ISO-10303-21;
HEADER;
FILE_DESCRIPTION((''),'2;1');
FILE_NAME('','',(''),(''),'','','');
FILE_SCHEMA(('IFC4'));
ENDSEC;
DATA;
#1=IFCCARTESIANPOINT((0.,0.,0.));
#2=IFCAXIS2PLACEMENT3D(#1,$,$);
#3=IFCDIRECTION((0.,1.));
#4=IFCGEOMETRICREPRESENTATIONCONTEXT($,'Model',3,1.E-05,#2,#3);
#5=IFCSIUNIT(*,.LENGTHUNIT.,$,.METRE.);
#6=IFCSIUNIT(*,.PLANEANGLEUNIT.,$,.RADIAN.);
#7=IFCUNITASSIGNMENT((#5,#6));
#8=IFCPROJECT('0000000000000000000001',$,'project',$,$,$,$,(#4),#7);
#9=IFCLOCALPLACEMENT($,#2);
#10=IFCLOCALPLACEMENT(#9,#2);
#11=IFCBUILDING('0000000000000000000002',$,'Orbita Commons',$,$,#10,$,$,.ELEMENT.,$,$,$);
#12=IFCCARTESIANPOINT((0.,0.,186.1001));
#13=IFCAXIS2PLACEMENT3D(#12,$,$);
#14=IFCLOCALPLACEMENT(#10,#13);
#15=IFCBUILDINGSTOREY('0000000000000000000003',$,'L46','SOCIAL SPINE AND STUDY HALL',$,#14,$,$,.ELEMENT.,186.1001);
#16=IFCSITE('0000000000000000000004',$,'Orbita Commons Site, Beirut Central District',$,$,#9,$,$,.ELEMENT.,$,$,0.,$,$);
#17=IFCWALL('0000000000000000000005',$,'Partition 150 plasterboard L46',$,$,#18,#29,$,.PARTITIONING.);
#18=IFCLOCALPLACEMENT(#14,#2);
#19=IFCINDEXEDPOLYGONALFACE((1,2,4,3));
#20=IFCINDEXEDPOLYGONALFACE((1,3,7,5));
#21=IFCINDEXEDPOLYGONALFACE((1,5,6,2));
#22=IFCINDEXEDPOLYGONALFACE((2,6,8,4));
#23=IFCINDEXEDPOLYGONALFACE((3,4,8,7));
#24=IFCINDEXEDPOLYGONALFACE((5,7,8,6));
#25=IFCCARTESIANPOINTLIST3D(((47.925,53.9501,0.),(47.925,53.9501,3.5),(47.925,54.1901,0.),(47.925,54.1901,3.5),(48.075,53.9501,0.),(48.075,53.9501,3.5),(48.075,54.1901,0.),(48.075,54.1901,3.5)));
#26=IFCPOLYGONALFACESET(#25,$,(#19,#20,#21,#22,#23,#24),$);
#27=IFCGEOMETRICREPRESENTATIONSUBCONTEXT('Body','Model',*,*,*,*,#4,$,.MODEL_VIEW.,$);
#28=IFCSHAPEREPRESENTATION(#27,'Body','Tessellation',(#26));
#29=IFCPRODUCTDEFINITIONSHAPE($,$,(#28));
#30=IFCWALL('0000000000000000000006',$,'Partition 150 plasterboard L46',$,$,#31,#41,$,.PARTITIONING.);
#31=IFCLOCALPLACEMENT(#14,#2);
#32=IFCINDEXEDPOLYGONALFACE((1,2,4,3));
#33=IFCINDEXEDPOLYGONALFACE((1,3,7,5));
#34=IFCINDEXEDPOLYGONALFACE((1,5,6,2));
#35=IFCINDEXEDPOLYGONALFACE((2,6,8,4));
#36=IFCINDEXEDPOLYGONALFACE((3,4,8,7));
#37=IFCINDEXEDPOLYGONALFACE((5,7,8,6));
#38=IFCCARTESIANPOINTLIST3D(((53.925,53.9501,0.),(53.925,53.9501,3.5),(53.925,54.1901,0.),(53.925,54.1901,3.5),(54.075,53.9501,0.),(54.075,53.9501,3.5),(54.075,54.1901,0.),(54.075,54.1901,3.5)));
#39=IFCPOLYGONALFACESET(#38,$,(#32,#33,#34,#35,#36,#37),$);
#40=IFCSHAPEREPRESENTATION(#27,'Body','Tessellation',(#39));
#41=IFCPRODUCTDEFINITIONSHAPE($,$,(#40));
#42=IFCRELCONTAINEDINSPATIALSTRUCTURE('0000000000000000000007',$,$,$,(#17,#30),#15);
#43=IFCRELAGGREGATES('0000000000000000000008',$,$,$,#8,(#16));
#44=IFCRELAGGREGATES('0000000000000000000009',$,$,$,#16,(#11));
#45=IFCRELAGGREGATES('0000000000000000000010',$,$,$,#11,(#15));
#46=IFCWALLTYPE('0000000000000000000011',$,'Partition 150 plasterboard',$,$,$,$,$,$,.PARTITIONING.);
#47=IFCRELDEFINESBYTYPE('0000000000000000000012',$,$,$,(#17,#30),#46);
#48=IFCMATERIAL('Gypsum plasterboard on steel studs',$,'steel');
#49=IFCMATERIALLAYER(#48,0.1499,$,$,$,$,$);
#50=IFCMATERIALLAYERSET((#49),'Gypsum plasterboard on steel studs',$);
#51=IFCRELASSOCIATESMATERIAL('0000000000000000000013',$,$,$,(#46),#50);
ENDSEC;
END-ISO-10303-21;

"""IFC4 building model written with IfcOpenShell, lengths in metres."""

from ifc_helpers import new_model, si_unit, direction, frame, frame_2d, origin, place, context, subcontext, project, spatial, rectangle, extrude, material, layer, layer_set, type_object, element, save


model = new_model("IFC4")

# Units and contexts
model_context = context("Model", 3, precision=1e-05, world=origin(), true_north=direction((0.0, 1.0)))
body_context = subcontext(model_context, "Body", "Model", "MODEL_VIEW")
ifc_project = project(units=[si_unit("LENGTHUNIT", "METRE"), si_unit("PLANEANGLEUNIT", "RADIAN")], contexts=[model_context])

# Site, building, storey
site_placement = place(None, origin())
site = spatial("IfcSite", under=ifc_project, at=site_placement, Name="Orbita Commons Site, Beirut Central District", CompositionType="ELEMENT", RefElevation=0.0)
building_placement = place(site_placement, origin())
building = spatial("IfcBuilding", under=site, at=building_placement, Name="Orbita Commons", CompositionType="ELEMENT")
storey_placement = place(building_placement, frame((0.0, 0.0, 186.1001)))
storey = spatial("IfcBuildingStorey", under=building, at=storey_placement, Name="L46", Description="SOCIAL SPINE AND STUDY HALL", CompositionType="ELEMENT", Elevation=186.1001)

# Walls
ifc_material_1 = material(Name="Gypsum plasterboard on steel studs", Category="steel")
ifc_layer_1 = layer(ifc_material_1, 0.1499)
ifc_layer_set_1 = layer_set([ifc_layer_1], Name="Gypsum plasterboard on steel studs")
wall_type_1 = type_object("IfcWallType", Name="Partition 150 plasterboard", PredefinedType="PARTITIONING", material=ifc_layer_set_1)
for number, where, z_axis, x_axis, name in (
    (1, (48.0, 53.95, 0.0), (0.0, 0.0, 1.0), (0.0, 1.0, 0.0), "Partition 150 plasterboard L46"),
    (2, (54.0, 53.95, 0.0), (0.0, 0.0, 1.0), (0.0, 1.0, 0.0), "Partition 150 plasterboard L46"),
):
    element("IfcWall", number, at=place(storey_placement, frame(where, z_axis=z_axis, x_axis=x_axis)), inside=storey, type_object=wall_type_1, Name=name, PredefinedType="PARTITIONING", context=body_context, shape_type="SweptSolid", body=[
        extrude(rectangle(XDim=0.24, YDim=0.1499, at=frame_2d((0.1201, 0.0))), origin(), (0.0, 0.0, 1.0), 3.5),
    ])

save(model, "model.ifc")
